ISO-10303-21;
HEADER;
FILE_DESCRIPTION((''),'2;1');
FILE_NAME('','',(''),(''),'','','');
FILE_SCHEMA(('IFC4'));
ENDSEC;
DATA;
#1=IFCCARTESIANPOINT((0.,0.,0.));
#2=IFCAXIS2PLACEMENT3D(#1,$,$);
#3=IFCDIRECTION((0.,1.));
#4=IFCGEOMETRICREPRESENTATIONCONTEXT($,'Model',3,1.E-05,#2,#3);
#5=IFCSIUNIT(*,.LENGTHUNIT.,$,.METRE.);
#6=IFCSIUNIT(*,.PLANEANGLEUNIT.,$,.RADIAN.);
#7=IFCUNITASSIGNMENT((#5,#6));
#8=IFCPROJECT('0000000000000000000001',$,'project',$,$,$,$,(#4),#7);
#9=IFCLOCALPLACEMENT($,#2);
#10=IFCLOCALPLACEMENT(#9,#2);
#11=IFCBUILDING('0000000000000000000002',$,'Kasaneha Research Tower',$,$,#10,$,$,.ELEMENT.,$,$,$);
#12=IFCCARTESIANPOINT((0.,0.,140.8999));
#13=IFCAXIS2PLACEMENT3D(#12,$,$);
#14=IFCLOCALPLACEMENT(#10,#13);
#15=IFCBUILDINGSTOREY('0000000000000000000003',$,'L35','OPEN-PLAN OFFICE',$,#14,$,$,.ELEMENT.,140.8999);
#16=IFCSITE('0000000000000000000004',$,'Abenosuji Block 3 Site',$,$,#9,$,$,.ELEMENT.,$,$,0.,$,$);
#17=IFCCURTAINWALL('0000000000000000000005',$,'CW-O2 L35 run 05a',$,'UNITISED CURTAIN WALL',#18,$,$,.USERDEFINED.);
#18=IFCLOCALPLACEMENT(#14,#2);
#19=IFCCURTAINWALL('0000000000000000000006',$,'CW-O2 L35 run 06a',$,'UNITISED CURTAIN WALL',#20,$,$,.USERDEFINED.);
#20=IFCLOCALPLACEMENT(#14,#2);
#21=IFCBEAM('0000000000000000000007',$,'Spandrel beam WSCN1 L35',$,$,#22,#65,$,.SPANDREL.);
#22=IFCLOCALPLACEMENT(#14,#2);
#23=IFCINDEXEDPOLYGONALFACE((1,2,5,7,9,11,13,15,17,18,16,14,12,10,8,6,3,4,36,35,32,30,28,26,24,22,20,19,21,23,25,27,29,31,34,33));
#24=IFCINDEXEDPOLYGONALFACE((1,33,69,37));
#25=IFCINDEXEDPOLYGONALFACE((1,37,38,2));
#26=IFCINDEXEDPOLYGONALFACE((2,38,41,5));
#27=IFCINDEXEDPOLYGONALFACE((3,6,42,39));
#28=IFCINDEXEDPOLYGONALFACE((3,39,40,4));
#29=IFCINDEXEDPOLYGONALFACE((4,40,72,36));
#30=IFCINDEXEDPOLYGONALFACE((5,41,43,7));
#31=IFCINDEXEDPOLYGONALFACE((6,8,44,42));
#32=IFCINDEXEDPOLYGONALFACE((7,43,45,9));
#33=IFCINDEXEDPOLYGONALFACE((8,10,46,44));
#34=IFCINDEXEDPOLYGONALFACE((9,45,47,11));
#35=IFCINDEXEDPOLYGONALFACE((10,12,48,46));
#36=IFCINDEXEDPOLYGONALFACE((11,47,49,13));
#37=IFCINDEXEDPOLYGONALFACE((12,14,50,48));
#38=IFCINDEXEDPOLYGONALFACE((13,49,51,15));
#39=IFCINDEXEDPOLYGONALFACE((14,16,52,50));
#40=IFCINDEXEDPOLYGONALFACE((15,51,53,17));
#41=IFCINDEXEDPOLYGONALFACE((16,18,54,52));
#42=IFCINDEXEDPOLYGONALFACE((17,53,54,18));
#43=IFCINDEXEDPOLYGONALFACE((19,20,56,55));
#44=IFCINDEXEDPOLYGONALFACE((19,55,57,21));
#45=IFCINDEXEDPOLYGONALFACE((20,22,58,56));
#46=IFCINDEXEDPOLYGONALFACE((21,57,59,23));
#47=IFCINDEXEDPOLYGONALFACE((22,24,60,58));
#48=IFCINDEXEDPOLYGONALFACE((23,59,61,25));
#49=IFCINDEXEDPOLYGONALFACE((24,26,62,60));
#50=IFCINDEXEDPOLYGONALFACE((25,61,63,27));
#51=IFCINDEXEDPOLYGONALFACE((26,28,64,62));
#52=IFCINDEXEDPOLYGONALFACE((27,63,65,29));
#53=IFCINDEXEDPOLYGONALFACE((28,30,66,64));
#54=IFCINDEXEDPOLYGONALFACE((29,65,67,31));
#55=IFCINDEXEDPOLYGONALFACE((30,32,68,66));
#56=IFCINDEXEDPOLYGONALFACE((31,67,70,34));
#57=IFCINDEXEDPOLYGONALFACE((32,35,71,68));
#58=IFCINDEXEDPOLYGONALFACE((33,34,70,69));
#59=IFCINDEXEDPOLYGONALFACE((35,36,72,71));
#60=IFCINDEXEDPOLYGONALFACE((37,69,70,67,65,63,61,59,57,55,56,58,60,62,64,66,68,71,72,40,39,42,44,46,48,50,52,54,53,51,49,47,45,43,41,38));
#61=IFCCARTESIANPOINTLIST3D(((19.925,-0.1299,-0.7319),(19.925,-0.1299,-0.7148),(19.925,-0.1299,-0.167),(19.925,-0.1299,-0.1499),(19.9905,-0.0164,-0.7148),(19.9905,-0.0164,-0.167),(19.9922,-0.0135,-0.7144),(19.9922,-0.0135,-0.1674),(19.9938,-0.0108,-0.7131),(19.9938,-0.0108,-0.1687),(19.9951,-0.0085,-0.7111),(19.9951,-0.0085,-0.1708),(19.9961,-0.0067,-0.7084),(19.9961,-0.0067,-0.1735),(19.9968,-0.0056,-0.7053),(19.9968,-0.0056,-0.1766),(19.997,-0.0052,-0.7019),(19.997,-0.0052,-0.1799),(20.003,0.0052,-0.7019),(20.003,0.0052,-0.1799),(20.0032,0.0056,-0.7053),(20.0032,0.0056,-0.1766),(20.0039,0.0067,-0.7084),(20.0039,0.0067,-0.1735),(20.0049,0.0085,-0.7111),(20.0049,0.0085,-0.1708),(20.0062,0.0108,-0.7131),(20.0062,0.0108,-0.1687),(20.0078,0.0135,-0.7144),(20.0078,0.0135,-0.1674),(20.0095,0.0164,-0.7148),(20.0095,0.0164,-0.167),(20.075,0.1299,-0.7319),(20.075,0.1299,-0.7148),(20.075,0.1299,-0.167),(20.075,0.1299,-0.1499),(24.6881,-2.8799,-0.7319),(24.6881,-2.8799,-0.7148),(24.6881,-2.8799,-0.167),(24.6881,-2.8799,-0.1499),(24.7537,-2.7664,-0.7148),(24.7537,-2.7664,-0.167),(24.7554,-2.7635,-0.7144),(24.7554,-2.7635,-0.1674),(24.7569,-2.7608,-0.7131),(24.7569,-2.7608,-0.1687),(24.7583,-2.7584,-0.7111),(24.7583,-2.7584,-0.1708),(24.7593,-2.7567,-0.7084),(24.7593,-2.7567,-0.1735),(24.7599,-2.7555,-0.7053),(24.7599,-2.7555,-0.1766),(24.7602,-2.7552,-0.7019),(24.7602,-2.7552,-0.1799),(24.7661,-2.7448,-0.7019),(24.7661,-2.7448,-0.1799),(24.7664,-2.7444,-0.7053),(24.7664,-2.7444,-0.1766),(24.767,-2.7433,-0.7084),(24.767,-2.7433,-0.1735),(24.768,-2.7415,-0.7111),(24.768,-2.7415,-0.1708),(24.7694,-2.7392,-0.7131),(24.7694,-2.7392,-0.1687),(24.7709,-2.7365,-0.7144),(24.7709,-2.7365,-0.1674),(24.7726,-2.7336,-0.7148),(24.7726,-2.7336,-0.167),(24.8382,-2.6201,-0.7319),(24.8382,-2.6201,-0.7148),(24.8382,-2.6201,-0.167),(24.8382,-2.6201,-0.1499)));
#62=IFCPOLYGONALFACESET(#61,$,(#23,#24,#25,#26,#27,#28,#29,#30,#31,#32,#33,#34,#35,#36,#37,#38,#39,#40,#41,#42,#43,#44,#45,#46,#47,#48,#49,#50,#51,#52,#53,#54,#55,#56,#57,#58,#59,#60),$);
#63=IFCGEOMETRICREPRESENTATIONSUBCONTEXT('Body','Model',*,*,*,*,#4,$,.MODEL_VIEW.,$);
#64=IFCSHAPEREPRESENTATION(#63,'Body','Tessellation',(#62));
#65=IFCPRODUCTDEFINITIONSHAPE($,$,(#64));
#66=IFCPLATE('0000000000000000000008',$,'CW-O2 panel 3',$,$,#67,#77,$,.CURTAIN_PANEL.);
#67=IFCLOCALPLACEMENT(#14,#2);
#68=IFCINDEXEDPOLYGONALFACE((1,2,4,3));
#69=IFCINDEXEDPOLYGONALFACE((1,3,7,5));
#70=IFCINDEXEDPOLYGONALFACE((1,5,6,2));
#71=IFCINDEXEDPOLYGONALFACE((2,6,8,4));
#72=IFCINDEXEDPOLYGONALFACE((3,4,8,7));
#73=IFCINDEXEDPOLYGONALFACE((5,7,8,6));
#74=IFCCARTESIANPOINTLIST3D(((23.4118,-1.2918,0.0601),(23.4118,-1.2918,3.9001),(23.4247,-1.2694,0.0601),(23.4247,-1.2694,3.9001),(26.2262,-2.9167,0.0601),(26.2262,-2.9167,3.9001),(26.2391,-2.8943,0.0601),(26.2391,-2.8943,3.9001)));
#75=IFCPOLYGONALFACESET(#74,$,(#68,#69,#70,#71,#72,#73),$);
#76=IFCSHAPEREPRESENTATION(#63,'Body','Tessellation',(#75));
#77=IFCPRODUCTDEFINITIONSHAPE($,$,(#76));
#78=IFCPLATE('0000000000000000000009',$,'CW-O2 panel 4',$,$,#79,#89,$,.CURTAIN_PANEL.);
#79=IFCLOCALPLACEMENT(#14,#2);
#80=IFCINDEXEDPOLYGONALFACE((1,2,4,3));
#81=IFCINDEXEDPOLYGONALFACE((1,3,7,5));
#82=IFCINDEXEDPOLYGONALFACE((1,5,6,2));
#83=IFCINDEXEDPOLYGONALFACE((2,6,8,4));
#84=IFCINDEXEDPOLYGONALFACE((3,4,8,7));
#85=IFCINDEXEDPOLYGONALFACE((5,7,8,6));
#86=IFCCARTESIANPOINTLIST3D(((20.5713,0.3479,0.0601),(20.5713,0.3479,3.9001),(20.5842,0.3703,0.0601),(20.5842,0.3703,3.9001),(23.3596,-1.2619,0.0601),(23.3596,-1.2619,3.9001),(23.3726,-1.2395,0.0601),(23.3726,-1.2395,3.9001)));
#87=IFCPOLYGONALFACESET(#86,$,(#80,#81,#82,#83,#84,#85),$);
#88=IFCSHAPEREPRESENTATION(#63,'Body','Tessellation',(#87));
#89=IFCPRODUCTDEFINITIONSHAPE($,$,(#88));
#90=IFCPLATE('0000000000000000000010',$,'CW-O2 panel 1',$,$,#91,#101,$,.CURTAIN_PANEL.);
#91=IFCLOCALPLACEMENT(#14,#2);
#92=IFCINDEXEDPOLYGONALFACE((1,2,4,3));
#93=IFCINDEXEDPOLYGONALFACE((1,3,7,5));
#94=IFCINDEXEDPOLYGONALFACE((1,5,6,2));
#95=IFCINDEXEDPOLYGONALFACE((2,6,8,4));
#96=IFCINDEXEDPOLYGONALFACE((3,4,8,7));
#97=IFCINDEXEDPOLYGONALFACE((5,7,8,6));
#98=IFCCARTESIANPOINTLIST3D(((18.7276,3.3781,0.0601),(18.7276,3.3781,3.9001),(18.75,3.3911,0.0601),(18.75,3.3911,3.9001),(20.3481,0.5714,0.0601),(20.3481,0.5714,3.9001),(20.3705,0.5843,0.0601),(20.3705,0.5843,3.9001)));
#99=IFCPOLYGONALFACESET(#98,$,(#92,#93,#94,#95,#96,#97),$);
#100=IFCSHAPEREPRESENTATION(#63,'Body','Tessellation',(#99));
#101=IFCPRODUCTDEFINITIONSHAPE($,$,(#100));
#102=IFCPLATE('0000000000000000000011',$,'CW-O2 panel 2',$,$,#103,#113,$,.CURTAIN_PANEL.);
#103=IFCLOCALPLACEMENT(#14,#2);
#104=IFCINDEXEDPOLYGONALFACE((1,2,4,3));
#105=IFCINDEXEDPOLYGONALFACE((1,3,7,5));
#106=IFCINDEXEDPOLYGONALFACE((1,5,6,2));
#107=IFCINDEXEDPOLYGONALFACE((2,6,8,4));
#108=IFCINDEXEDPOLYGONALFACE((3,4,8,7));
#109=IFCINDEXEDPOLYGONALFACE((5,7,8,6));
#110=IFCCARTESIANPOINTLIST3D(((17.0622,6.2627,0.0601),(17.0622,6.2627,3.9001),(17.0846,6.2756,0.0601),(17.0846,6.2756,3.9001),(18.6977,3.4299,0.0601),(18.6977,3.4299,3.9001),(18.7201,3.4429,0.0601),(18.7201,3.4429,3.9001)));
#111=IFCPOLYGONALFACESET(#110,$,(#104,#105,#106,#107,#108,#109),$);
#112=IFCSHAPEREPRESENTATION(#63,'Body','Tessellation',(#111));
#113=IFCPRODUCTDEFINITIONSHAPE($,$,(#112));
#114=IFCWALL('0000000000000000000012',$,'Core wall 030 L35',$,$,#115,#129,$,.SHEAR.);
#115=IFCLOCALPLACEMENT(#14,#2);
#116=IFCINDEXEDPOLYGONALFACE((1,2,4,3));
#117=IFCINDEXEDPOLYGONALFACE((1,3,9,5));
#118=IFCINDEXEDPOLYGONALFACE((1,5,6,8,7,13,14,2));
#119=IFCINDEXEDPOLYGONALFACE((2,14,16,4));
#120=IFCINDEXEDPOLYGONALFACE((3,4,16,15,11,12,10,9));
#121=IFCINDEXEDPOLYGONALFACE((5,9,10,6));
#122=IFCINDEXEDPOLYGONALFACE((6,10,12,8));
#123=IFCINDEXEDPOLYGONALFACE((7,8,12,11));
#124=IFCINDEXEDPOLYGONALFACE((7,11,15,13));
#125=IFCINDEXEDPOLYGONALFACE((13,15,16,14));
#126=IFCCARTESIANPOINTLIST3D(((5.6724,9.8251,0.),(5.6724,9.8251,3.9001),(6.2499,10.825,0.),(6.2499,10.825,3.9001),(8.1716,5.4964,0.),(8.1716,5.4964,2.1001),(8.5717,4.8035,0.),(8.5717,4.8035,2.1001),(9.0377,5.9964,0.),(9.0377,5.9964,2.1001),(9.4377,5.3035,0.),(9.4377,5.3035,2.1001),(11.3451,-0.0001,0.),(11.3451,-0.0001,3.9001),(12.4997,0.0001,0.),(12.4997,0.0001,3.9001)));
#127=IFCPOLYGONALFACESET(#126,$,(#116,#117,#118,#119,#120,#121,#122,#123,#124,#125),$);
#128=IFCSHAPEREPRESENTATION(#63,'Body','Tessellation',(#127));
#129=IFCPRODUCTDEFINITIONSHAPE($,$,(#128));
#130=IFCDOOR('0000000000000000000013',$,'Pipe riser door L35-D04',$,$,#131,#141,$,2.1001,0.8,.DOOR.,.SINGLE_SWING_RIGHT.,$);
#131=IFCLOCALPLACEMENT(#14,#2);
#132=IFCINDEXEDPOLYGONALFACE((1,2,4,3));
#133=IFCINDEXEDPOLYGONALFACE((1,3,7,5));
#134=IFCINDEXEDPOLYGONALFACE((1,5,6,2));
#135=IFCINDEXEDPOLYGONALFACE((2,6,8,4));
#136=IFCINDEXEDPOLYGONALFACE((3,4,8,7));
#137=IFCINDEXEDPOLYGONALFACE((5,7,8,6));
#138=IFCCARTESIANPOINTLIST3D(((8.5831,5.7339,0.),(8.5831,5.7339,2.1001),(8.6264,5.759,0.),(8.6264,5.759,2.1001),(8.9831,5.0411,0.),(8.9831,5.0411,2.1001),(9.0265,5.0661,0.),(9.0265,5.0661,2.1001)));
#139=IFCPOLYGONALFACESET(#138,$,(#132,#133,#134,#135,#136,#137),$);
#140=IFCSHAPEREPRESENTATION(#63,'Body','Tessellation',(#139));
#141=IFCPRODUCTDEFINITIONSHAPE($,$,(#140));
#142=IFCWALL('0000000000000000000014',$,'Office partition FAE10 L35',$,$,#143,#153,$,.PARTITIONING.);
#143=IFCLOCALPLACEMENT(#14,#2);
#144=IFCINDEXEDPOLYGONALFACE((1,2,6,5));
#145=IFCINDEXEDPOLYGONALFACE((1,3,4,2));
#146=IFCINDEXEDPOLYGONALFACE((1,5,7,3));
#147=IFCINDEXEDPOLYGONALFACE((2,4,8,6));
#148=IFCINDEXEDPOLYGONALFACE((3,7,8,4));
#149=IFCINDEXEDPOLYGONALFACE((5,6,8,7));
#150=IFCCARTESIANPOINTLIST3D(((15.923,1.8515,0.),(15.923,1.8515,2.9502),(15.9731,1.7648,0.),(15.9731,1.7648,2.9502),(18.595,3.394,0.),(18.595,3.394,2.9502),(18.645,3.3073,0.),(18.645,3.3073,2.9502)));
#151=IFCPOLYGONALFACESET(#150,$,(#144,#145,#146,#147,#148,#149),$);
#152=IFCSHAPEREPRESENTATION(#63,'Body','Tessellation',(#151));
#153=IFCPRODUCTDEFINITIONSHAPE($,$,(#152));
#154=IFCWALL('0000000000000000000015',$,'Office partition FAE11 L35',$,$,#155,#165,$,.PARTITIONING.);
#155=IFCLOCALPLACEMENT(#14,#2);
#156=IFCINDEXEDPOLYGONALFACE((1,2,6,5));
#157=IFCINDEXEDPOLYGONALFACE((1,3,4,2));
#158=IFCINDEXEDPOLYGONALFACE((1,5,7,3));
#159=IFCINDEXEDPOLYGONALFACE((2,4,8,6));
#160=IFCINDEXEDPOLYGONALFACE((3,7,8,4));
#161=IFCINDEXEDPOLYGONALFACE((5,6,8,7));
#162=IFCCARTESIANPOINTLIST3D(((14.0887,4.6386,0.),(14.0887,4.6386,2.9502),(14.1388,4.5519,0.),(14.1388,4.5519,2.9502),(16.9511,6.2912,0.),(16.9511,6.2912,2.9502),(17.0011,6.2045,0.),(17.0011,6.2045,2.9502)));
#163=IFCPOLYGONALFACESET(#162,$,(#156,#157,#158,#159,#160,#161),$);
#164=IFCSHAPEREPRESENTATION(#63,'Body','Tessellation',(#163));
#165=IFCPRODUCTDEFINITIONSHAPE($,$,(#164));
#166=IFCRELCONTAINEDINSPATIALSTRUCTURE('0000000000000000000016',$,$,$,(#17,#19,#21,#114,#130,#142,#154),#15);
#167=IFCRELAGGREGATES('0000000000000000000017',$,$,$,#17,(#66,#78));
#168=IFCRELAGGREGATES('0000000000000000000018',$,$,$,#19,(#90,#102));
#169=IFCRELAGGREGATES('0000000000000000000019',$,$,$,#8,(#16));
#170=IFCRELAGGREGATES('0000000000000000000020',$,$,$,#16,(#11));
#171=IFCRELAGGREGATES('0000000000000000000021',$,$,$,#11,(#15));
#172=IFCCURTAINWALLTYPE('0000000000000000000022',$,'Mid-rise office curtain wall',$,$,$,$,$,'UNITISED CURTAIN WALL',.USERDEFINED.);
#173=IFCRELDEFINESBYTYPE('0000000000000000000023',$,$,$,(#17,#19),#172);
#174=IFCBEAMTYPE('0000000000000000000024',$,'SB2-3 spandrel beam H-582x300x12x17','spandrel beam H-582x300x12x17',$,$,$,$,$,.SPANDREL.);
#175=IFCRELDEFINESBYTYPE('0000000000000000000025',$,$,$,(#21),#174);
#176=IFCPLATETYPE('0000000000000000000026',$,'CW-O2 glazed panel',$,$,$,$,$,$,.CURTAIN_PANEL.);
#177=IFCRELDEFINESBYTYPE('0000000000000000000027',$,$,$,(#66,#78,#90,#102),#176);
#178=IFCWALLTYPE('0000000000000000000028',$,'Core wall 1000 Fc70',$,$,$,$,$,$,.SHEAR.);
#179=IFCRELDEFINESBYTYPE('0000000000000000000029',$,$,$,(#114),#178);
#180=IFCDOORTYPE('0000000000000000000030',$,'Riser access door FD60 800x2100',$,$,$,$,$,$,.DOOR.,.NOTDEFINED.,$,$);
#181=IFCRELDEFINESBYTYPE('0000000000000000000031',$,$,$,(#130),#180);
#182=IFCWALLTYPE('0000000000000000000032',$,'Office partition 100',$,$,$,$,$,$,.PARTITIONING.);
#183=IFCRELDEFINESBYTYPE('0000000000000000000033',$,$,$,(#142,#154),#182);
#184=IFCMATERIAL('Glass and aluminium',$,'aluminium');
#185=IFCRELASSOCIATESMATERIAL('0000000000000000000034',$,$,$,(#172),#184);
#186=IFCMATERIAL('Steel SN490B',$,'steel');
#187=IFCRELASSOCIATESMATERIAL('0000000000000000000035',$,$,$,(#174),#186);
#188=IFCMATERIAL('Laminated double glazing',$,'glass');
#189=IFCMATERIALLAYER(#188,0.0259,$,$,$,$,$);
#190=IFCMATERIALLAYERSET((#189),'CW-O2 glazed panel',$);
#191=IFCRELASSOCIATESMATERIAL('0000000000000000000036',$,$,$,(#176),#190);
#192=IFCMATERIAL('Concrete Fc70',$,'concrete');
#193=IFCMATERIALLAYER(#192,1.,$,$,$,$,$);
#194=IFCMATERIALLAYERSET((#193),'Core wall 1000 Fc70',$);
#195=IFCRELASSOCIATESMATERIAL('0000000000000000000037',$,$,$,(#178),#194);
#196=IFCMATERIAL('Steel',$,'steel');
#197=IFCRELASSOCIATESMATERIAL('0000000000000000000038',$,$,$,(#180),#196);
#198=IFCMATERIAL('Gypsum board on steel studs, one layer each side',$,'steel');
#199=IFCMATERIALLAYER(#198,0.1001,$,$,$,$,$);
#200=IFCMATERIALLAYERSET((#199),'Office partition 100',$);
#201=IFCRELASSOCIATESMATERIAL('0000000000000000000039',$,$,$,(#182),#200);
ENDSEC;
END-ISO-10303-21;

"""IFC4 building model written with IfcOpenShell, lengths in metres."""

from ifc_helpers import new_model, si_unit, direction, frame, frame_2d, origin, origin_2d, place, context, subcontext, project, spatial, polyline, rectangle, i_section, outline, extrude, material, layer, layer_set, material_profile, profile_set, type_object, element, fill, aggregate, save


model = new_model("IFC4")

# Units and contexts
model_context = context("Model", 3, precision=1e-05, world=origin(), true_north=direction((0.0, 1.0)))
body_context = subcontext(model_context, "Body", "Model", "MODEL_VIEW")
ifc_project = project(units=[si_unit("LENGTHUNIT", "METRE"), si_unit("PLANEANGLEUNIT", "RADIAN")], contexts=[model_context])

# Site, building, storey
site_placement = place(None, origin())
site = spatial("IfcSite", under=ifc_project, at=site_placement, Name="Abenosuji Block 3 Site", CompositionType="ELEMENT", RefElevation=0.0)
building_placement = place(site_placement, origin())
building = spatial("IfcBuilding", under=site, at=building_placement, Name="Kasaneha Research Tower", CompositionType="ELEMENT")
storey_placement = place(building_placement, frame((0.0, 0.0, 140.8999)))
storey = spatial("IfcBuildingStorey", under=building, at=storey_placement, Name="L35", Description="OPEN-PLAN OFFICE", CompositionType="ELEMENT", Elevation=140.8999)

# Curtain walls
ifc_material_1 = material(Name="Glass and aluminium", Category="aluminium")
curtain_wall_type = type_object("IfcCurtainWallType", Name="Mid-rise office curtain wall", ElementType="UNITISED CURTAIN WALL", PredefinedType="USERDEFINED", material=ifc_material_1)
curtain_wall_1_placement = place(storey_placement, origin())
curtain_wall_1 = element("IfcCurtainWall", 1, at=curtain_wall_1_placement, inside=storey, type_object=curtain_wall_type, Name="CW-O2 L35 run 05a", ObjectType="UNITISED CURTAIN WALL", PredefinedType="USERDEFINED")
curtain_wall_2_placement = place(storey_placement, origin())
curtain_wall_2 = element("IfcCurtainWall", 2, at=curtain_wall_2_placement, inside=storey, type_object=curtain_wall_type, Name="CW-O2 L35 run 06a", ObjectType="UNITISED CURTAIN WALL", PredefinedType="USERDEFINED")

# Beam
ifc_material_2 = material(Name="Steel SN490B", Category="steel")
ifc_material_profile_1 = material_profile(ifc_material_2, i_section(OverallWidth=0.3, OverallDepth=0.582, WebThickness=0.012, FlangeThickness=0.0171, FilletRadius=0.0129, at=origin_2d()), Name="H-582x300x12x17")
ifc_profile_set_1 = profile_set([ifc_material_profile_1], Name="Steel SN490B")
beam_type_1 = type_object("IfcBeamType", Name="SB2-3 spandrel beam H-582x300x12x17", Description="spandrel beam H-582x300x12x17", PredefinedType="SPANDREL", material=ifc_profile_set_1)
beam_1_placement = place(storey_placement, frame((20.0, 0.0, -0.4409), z_axis=(0.866027, -0.499997, 0.0), x_axis=(0.499997, 0.866027, 0.0)))
element("IfcBeam", 3, at=beam_1_placement, inside=storey, type_object=beam_type_1, Name="Spandrel beam WSCN1 L35", PredefinedType="SPANDREL", context=body_context, shape_type="SweptSolid", body=[
    extrude(i_section(OverallWidth=0.3, OverallDepth=0.582, WebThickness=0.012, FlangeThickness=0.0171, FilletRadius=0.0129, at=origin_2d()), origin(), (0.0, 0.0, 1.0), 5.5),
])

# Plates
ifc_material_3 = material(Name="Laminated double glazing", Category="glass")
ifc_layer_1 = layer(ifc_material_3, 0.0259)
ifc_layer_set_1 = layer_set([ifc_layer_1], Name="CW-O2 glazed panel")
plate_type = type_object("IfcPlateType", Name="CW-O2 glazed panel", PredefinedType="CURTAIN_PANEL", material=ifc_layer_set_1)
plate_1_placement = place(storey_placement, frame((24.8254, -2.093, 0.0601), z_axis=(0.0, 0.0, 1.0), x_axis=(-0.866025, 0.5, 0.0)))
plate_1 = element("IfcPlate", 4, at=plate_1_placement, type_object=plate_type, Name="CW-O2 panel 3", PredefinedType="CURTAIN_PANEL", context=body_context, shape_type="SweptSolid", body=[
    extrude(rectangle(XDim=3.2498, YDim=0.0259, at=origin_2d()), origin(), (0.0, 0.0, 1.0), 3.8401),
])
plate_2_placement = place(storey_placement, frame((21.9719, -0.4458, 0.0601), z_axis=(0.0, 0.0, 1.0), x_axis=(-0.866025, 0.5, 0.0)))
plate_2 = element("IfcPlate", 5, at=plate_2_placement, type_object=plate_type, Name="CW-O2 panel 4", PredefinedType="CURTAIN_PANEL", context=body_context, shape_type="SweptSolid", body=[
    extrude(rectangle(XDim=3.2197, YDim=0.0259, at=origin_2d()), origin(), (0.0, 0.0, 1.0), 3.8401),
])
aggregate(curtain_wall_1, [plate_1, plate_2])
plate_3_placement = place(storey_placement, frame((19.5491, 1.9812, 0.0601), z_axis=(0.0, 0.0, 1.0), x_axis=(-0.5, 0.866025, 0.0)))
plate_3 = element("IfcPlate", 6, at=plate_3_placement, type_object=plate_type, Name="CW-O2 panel 1", PredefinedType="CURTAIN_PANEL", context=body_context, shape_type="SweptSolid", body=[
    extrude(rectangle(XDim=3.241, YDim=0.0259, at=origin_2d()), origin(), (0.0, 0.0, 1.0), 3.8401),
])
plate_4_placement = place(storey_placement, frame((17.8911, 4.8528, 0.0601), z_axis=(0.0, 0.0, 1.0), x_axis=(-0.5, 0.866025, 0.0)))
plate_4 = element("IfcPlate", 7, at=plate_4_placement, type_object=plate_type, Name="CW-O2 panel 2", PredefinedType="CURTAIN_PANEL", context=body_context, shape_type="SweptSolid", body=[
    extrude(rectangle(XDim=3.271, YDim=0.0259, at=origin_2d()), origin(), (0.0, 0.0, 1.0), 3.8401),
])
aggregate(curtain_wall_2, [plate_3, plate_4])

# Wall, opening, door
ifc_material_4 = material(Name="Concrete Fc70", Category="concrete")
ifc_layer_2 = layer(ifc_material_4, 1.0)
ifc_layer_set_2 = layer_set([ifc_layer_2], Name="Core wall 1000 Fc70")
wall_type_1 = type_object("IfcWallType", Name="Core wall 1000 Fc70", PredefinedType="SHEAR", material=ifc_layer_set_2)
wall_1_placement = place(storey_placement, frame((11.9224, 0.0, 0.0), z_axis=(0.0, 0.0, 1.0), x_axis=(-0.500004, 0.866023, 0.0)))
wall_1 = element("IfcWall", 8, at=wall_1_placement, inside=storey, type_object=wall_type_1, Name="Core wall 030 L35", PredefinedType="SHEAR", context=body_context, shape_type="SweptSolid", body=[
    extrude(outline(polyline([(-0.2886, -0.5), (5.8354, -0.5), (6.6355, -0.5), (12.2109, -0.5), (11.6338, 0.5), (6.6355, 0.5), (5.8354, 0.5), (0.2886, 0.5), (-0.2886, -0.5)])), origin(), (0.0, 0.0, 1.0), 3.9001),
])
opening_1_placement = place(wall_1_placement, frame((5.8354, 0.0, 0.0)))
opening_1 = element("IfcOpeningElement", 9, at=opening_1_placement, cuts=wall_1, PredefinedType="OPENING", context=body_context, shape_type="SweptSolid", body=[
    extrude(rectangle(XDim=0.8, YDim=2.1001, at=frame_2d((0.3999, 1.05))), frame((0.0, 0.51, 0.0), z_axis=(0.0, -1.0, 0.0), x_axis=(1.0, 0.0, 0.0)), (0.0, 0.0, 1.0), 1.02),
])
ifc_material_5 = material(Name="Steel", Category="steel")
door_type_1 = type_object("IfcDoorType", Name="Riser access door FD60 800x2100", OperationType="NOTDEFINED", PredefinedType="DOOR", material=ifc_material_5)
door_1_placement = place(opening_1_placement, origin())
door_1 = element("IfcDoor", 10, at=door_1_placement, inside=storey, type_object=door_type_1, Name="Pipe riser door L35-D04", OperationType="SINGLE_SWING_RIGHT", OverallHeight=2.1001, OverallWidth=0.8, PredefinedType="DOOR", context=body_context, shape_type="SweptSolid", body=[
    extrude(rectangle(XDim=0.8, YDim=2.1001, at=frame_2d((0.3999, 1.05))), frame((0.0, 0.0249, 0.0), z_axis=(0.0, -1.0, 0.0), x_axis=(1.0, 0.0, 0.0)), (0.0, 0.0, 1.0), 0.05),
])
fill(opening_1, door_1)

# Walls
ifc_material_6 = material(Name="Gypsum board on steel studs, one layer each side", Category="steel")
ifc_layer_3 = layer(ifc_material_6, 0.1001)
ifc_layer_set_3 = layer_set([ifc_layer_3], Name="Office partition 100")
wall_type_2 = type_object("IfcWallType", Name="Office partition 100", PredefinedType="PARTITIONING", material=ifc_layer_set_3)
wall_2_placement = place(storey_placement, frame((18.6199, 3.3506, 0.0), z_axis=(0.0, 0.0, 1.0), x_axis=(-0.866043, -0.499969, 0.0)))
element("IfcWall", 11, at=wall_2_placement, inside=storey, type_object=wall_type_2, Name="Office partition FAE10 L35", PredefinedType="PARTITIONING", context=body_context, shape_type="SweptSolid", body=[
    extrude(rectangle(XDim=3.0852, YDim=0.1001, at=frame_2d((1.5425, 0.0))), origin(), (0.0, 0.0, 1.0), 2.9502),
])
wall_3_placement = place(storey_placement, frame((14.1138, 4.5952, 0.0), z_axis=(0.0, 0.0, 1.0), x_axis=(0.866021, 0.500008, 0.0)))
element("IfcWall", 12, at=wall_3_placement, inside=storey, type_object=wall_type_2, Name="Office partition FAE11 L35", PredefinedType="PARTITIONING", context=body_context, shape_type="SweptSolid", body=[
    extrude(rectangle(XDim=3.3052, YDim=0.1001, at=frame_2d((1.6526, 0.0))), origin(), (0.0, 0.0, 1.0), 2.9502),
])

save(model, "model.ifc")
